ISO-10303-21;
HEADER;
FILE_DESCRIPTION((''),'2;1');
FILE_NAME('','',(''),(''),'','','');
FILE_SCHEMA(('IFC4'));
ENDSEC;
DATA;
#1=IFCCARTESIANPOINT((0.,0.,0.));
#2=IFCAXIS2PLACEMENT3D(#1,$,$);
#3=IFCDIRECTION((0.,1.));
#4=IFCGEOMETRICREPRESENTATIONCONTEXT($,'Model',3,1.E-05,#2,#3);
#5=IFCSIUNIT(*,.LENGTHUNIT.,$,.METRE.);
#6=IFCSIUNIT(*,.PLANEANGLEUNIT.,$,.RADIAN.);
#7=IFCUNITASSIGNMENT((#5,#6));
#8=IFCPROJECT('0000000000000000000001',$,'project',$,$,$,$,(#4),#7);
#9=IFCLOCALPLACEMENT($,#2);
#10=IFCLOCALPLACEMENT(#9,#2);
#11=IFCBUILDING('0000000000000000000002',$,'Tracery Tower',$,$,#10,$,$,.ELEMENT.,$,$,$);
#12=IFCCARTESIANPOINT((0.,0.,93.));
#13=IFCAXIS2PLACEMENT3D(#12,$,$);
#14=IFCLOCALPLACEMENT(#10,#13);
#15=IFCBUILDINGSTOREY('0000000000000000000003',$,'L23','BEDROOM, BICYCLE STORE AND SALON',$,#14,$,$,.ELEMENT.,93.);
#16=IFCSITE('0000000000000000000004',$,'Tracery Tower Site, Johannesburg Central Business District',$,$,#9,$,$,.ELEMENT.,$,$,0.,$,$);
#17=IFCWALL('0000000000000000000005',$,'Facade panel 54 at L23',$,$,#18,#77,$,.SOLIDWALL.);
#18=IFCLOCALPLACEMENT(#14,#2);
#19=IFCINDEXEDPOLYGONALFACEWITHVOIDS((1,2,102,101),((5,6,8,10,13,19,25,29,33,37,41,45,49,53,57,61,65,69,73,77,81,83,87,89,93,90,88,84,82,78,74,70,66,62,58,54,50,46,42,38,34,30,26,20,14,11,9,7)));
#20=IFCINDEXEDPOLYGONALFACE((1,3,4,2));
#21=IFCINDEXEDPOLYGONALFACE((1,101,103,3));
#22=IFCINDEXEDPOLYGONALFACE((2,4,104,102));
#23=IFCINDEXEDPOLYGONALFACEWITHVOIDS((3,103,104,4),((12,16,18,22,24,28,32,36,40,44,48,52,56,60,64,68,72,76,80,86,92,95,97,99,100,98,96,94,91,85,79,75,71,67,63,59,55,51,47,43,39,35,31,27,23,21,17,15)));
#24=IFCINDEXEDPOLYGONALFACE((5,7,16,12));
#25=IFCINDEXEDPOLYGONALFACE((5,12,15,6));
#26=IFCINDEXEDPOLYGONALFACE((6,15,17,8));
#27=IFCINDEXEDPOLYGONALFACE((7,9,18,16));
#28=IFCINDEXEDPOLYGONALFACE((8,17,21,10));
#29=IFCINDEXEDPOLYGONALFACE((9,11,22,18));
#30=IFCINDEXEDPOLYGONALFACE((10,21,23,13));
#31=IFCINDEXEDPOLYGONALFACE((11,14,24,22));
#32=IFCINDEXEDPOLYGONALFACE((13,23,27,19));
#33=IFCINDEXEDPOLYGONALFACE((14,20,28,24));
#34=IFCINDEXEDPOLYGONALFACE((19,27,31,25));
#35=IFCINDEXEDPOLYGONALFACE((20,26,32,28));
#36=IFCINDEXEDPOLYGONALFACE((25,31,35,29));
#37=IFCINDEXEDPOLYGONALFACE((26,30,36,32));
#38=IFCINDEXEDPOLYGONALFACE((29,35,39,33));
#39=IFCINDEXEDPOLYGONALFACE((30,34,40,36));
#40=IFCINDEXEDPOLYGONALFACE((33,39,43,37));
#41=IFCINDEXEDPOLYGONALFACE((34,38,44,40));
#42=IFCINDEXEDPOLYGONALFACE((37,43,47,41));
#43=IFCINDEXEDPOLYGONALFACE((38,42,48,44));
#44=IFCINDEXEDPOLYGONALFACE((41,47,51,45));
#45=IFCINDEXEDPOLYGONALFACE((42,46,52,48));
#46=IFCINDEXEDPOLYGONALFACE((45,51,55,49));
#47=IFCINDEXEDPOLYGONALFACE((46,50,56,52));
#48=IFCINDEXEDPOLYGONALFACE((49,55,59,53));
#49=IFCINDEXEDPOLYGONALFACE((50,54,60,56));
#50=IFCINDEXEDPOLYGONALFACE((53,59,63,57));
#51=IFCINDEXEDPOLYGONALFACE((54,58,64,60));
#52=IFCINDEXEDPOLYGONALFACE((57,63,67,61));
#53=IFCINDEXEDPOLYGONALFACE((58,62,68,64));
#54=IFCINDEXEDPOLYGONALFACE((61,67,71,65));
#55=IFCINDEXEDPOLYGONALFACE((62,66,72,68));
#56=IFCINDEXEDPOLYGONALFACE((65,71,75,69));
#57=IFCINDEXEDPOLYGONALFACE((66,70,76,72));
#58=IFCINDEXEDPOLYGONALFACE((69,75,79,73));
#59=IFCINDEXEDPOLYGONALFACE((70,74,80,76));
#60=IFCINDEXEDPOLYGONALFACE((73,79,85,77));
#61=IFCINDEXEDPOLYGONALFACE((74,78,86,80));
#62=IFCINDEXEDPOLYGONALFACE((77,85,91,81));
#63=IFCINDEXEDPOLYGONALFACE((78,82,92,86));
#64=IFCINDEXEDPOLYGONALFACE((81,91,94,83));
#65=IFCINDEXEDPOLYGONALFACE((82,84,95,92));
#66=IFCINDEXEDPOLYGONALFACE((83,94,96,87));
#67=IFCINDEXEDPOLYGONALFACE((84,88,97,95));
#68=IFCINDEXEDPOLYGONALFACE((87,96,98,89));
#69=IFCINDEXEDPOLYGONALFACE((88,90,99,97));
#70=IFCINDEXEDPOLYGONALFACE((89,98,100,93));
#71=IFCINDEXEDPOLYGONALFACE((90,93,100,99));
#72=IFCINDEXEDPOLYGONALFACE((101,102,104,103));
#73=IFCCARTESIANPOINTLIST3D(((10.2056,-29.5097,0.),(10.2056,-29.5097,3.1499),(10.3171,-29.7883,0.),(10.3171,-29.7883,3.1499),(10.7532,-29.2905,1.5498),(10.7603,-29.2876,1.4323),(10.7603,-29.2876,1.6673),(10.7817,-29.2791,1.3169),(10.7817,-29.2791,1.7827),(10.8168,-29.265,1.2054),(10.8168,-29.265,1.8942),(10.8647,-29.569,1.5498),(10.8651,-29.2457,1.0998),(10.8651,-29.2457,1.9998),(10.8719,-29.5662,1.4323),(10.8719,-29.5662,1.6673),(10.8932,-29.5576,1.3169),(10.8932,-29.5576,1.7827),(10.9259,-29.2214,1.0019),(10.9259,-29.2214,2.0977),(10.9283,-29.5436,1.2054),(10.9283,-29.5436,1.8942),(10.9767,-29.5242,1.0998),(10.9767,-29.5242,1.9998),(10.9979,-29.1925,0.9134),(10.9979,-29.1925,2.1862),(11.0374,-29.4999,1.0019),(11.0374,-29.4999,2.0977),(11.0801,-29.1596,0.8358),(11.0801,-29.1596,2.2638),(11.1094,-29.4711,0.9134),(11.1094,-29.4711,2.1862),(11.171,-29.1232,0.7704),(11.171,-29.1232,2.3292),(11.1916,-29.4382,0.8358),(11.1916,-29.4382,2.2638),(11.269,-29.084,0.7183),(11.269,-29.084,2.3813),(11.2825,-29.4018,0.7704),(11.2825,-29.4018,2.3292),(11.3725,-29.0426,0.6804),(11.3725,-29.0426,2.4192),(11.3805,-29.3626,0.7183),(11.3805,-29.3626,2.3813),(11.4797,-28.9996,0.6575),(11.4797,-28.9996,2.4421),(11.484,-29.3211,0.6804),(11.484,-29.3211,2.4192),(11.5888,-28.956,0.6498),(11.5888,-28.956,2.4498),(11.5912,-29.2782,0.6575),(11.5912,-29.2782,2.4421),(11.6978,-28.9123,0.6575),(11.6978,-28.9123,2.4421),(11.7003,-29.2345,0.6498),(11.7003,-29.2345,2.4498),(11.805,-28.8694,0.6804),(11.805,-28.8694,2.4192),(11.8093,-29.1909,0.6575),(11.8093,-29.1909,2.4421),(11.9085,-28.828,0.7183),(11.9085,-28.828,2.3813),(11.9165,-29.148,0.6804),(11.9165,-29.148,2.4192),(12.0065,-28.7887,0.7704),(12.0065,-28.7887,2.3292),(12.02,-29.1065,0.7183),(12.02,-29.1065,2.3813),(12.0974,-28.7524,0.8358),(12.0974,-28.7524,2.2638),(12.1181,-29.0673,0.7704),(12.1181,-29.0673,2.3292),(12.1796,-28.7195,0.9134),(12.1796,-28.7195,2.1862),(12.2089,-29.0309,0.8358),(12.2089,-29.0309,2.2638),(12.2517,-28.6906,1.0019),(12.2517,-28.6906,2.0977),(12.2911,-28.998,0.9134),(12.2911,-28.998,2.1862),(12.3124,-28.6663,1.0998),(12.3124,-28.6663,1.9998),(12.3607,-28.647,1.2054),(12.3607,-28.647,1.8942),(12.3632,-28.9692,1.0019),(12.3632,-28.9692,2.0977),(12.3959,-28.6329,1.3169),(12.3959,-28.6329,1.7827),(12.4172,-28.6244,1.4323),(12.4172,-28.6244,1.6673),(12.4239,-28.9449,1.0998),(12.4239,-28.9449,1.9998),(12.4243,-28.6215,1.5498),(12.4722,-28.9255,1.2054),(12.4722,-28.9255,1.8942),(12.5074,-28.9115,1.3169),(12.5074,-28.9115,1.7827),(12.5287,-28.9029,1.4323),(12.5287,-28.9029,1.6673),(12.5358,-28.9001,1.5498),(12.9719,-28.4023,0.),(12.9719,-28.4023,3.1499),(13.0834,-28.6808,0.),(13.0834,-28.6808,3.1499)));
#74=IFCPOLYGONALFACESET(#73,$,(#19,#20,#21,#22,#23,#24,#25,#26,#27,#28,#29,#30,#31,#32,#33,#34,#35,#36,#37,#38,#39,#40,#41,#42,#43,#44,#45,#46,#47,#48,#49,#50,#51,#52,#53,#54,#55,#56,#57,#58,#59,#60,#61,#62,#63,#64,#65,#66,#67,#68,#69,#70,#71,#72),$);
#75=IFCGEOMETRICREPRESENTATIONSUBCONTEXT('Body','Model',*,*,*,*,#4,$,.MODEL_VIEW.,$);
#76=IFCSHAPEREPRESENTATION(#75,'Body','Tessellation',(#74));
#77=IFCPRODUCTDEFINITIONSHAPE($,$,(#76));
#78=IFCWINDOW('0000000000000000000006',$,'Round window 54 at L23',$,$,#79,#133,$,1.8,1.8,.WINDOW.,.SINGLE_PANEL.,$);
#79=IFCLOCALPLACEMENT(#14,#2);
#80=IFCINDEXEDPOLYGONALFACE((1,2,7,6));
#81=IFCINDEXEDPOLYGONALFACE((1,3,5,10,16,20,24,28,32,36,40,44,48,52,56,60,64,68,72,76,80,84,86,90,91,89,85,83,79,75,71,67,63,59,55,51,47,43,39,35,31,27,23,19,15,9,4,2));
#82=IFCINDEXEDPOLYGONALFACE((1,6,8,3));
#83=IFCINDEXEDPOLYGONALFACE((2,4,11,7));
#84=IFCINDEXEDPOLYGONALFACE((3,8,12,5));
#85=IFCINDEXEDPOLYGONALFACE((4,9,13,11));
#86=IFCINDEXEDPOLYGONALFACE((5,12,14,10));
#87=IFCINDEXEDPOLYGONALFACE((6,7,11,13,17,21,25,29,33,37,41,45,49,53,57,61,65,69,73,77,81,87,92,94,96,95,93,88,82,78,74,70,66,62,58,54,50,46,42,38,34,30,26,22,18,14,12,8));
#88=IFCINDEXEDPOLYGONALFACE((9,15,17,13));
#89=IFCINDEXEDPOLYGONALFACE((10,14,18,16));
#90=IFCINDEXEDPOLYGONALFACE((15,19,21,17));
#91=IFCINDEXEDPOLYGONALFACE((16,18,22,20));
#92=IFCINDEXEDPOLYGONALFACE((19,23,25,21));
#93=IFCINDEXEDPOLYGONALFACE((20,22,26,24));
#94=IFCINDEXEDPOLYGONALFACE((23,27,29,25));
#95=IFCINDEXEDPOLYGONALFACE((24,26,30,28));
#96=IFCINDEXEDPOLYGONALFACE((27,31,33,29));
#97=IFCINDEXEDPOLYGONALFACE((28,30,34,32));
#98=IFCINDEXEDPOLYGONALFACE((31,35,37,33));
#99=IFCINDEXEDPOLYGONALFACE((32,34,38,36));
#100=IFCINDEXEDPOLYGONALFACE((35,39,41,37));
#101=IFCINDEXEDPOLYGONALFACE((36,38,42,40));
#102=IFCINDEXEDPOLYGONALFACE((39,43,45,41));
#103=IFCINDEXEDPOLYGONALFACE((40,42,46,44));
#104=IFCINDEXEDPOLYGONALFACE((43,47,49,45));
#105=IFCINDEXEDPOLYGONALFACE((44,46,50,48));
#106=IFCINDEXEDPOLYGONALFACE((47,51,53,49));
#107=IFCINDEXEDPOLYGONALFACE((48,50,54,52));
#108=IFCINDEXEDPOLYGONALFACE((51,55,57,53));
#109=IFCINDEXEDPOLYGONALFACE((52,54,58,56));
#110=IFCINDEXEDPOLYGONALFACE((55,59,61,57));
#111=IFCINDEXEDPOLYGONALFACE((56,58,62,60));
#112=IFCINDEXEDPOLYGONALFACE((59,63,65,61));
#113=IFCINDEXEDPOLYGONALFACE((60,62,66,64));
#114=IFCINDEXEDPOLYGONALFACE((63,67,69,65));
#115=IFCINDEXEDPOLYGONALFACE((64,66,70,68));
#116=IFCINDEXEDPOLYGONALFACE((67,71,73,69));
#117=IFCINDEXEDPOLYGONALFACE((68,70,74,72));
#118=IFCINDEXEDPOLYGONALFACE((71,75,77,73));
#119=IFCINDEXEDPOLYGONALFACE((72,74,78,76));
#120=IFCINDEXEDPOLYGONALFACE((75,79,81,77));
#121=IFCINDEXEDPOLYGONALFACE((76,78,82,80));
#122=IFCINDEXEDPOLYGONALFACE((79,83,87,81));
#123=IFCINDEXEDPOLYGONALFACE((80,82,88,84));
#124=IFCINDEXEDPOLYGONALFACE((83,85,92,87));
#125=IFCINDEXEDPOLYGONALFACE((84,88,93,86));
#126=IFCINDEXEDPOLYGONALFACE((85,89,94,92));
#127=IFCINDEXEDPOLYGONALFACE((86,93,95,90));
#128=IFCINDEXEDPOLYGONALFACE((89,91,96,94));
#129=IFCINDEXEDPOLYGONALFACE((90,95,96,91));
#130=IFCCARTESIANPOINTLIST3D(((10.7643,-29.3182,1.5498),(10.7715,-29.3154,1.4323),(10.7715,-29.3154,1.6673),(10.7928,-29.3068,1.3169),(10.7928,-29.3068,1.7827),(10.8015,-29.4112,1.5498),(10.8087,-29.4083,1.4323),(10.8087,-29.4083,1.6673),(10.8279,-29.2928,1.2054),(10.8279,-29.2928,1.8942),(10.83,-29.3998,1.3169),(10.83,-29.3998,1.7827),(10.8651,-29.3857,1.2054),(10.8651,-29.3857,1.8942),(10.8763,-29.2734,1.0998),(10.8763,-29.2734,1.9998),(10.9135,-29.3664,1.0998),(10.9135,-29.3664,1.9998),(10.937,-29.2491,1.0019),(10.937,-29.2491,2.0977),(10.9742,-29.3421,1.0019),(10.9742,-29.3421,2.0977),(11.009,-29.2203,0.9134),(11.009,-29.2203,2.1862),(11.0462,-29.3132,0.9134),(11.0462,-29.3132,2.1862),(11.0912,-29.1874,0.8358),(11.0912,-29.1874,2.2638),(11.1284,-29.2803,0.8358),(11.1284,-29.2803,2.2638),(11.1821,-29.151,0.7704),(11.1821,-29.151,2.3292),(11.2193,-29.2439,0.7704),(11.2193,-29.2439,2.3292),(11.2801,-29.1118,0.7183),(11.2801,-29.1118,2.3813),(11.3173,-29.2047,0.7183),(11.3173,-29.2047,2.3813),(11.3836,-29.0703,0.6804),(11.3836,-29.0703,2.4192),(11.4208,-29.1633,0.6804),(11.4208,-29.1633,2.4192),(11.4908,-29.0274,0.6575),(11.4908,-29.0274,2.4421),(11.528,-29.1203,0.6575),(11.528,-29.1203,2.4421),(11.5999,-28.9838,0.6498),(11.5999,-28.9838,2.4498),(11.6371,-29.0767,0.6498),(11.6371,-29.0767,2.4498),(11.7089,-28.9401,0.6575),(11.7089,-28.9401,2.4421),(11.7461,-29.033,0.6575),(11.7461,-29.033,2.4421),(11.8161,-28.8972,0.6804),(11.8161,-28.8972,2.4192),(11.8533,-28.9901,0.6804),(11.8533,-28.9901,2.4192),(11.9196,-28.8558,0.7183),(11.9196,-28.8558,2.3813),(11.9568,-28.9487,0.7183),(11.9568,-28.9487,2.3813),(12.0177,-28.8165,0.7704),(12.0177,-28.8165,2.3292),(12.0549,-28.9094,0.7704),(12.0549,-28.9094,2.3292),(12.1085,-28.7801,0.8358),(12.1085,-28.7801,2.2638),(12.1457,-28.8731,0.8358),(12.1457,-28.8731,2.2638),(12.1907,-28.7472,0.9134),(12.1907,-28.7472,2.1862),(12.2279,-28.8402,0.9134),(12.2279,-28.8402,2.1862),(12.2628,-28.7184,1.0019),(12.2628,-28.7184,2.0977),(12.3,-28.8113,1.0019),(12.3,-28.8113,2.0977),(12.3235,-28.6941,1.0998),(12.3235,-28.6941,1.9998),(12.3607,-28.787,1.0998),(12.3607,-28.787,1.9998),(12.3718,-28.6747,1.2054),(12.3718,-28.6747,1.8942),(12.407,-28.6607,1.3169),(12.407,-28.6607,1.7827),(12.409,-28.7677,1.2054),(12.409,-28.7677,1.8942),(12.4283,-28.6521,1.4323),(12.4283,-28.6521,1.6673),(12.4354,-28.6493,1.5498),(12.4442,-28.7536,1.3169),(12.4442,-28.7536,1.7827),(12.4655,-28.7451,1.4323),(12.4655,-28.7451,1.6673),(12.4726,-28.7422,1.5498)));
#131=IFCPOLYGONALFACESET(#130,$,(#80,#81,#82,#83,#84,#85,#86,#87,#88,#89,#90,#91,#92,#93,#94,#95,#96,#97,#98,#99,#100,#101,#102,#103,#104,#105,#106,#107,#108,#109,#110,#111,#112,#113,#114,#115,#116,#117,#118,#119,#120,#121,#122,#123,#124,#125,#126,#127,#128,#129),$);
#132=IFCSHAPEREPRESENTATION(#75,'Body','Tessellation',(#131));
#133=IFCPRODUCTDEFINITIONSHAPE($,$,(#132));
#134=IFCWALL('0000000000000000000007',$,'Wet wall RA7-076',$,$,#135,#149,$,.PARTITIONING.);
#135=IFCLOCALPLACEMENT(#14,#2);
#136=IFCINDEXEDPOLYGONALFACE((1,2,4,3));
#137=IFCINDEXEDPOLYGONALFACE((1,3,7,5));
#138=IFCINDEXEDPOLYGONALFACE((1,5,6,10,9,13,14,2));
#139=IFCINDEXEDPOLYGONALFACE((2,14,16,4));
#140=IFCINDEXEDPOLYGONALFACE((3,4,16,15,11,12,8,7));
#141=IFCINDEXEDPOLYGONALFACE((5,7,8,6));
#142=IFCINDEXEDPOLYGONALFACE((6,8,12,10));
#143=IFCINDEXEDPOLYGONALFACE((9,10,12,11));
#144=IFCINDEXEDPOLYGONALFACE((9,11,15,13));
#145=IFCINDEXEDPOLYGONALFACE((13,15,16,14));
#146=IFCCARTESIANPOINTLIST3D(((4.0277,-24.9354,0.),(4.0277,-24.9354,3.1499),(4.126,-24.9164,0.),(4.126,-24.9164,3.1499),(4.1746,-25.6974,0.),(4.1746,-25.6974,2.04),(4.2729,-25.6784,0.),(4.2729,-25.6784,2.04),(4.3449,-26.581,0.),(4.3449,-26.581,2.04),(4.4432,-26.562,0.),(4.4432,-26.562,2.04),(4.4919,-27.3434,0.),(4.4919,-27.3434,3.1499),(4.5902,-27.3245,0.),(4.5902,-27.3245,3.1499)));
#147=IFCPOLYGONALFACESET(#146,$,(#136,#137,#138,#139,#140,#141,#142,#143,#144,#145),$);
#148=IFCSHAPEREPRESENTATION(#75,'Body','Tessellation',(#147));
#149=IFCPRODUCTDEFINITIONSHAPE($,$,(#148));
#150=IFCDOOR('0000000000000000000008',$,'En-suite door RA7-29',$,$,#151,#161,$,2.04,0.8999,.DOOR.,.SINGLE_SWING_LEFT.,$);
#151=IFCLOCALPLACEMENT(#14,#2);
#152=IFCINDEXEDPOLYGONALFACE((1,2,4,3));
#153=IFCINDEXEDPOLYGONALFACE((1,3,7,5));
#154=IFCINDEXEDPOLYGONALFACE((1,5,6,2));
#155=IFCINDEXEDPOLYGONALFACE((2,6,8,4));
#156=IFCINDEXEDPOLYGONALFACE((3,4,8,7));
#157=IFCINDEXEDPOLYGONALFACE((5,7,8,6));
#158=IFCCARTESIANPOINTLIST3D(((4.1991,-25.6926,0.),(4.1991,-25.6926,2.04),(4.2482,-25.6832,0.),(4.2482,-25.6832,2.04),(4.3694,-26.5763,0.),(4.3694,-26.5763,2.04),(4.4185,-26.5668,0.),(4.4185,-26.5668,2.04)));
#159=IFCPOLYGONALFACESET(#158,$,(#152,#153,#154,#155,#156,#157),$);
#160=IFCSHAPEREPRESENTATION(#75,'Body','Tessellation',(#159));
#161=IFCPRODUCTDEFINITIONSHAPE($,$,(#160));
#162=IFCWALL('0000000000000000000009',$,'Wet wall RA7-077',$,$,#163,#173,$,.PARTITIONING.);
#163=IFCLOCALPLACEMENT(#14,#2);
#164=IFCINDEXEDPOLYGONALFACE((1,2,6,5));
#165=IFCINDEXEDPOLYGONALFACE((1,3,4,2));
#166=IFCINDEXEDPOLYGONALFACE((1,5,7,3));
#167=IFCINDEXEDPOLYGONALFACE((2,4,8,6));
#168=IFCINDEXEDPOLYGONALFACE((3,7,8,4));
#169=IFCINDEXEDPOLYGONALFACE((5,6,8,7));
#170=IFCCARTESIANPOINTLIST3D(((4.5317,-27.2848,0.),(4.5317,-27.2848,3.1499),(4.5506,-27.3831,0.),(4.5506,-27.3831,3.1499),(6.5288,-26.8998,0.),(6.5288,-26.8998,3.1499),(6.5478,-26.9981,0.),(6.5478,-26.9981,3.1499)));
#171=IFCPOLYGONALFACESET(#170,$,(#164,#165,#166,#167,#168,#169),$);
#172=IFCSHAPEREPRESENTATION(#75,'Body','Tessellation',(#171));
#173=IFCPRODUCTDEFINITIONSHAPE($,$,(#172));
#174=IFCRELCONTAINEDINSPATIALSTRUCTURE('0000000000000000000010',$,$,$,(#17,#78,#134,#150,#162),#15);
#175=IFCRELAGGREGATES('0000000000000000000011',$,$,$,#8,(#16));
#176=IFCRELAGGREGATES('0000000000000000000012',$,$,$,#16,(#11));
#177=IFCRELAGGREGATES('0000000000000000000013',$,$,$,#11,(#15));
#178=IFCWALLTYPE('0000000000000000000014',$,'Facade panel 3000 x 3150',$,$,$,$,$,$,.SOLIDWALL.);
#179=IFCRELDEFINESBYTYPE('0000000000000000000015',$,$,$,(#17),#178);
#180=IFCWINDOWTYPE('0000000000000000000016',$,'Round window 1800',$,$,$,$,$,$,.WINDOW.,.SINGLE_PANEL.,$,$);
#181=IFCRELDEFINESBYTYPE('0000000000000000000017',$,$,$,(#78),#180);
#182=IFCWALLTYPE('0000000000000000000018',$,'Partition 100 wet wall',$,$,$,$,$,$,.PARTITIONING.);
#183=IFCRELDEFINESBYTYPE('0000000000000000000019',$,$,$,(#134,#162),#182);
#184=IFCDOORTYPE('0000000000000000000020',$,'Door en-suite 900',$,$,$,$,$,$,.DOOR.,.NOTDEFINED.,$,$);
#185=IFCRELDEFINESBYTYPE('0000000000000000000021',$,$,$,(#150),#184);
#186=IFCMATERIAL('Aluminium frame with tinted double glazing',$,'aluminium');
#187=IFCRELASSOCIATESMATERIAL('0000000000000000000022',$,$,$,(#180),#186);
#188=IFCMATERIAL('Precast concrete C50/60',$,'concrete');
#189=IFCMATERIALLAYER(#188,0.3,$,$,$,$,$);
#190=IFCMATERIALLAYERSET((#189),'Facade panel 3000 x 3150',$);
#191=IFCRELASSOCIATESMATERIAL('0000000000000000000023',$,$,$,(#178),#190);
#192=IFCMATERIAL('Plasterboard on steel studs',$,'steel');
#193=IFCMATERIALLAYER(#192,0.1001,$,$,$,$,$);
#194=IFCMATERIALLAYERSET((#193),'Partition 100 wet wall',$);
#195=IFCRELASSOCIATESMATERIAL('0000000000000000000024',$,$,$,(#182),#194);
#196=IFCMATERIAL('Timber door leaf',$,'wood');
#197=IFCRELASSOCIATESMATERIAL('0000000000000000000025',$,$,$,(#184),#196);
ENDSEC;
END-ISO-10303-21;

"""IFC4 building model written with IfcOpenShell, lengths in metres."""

from ifc_helpers import new_model, si_unit, direction, frame, frame_2d, origin, origin_2d, place, context, subcontext, project, spatial, rectangle, circle, extrude, material, layer, layer_set, type_object, element, fill, save


model = new_model("IFC4")

# Units and contexts
model_context = context("Model", 3, precision=1e-05, world=origin(), true_north=direction((0.0, 1.0)))
body_context = subcontext(model_context, "Body", "Model", "MODEL_VIEW")
ifc_project = project(units=[si_unit("LENGTHUNIT", "METRE"), si_unit("PLANEANGLEUNIT", "RADIAN")], contexts=[model_context])

# Site, building, storey
site_placement = place(None, origin())
site = spatial("IfcSite", under=ifc_project, at=site_placement, Name="Tracery Tower Site, Johannesburg Central Business District", CompositionType="ELEMENT", RefElevation=0.0)
building_placement = place(site_placement, origin())
building = spatial("IfcBuilding", under=site, at=building_placement, Name="Tracery Tower", CompositionType="ELEMENT")
storey_placement = place(building_placement, frame((0.0, 0.0, 93.0)))
storey = spatial("IfcBuildingStorey", under=building, at=storey_placement, Name="L23", Description="BEDROOM, BICYCLE STORE AND SALON", CompositionType="ELEMENT", Elevation=93.0)

# Wall, opening, window
ifc_material_1 = material(Name="Aluminium frame with tinted double glazing", Category="aluminium")
window_type = type_object("IfcWindowType", Name="Round window 1800", PartitioningType="SINGLE_PANEL", PredefinedType="WINDOW", material=ifc_material_1)
ifc_material_2 = material(Name="Precast concrete C50/60", Category="concrete")
ifc_layer_1 = layer(ifc_material_2, 0.3)
ifc_layer_set_1 = layer_set([ifc_layer_1], Name="Facade panel 3000 x 3150")
wall_type_1 = type_object("IfcWallType", Name="Facade panel 3000 x 3150", PredefinedType="SOLIDWALL", material=ifc_layer_set_1)
wall_1_placement = place(storey_placement, frame((10.2615, -29.6489, 0.0), z_axis=(0.0, 0.0, 1.0), x_axis=(0.928375, 0.371645, 0.0)))
wall_1 = element("IfcWall", 1, at=wall_1_placement, inside=storey, type_object=wall_type_1, Name="Facade panel 54 at L23", PredefinedType="SOLIDWALL", context=body_context, shape_type="SweptSolid", body=[
    extrude(rectangle(XDim=2.9797, YDim=0.3, at=frame_2d((1.4897, 0.0))), origin(), (0.0, 0.0, 1.0), 3.1499),
])
opening_1_placement = place(wall_1_placement, frame((1.4897, 0.0, 1.5498)))
opening_1 = element("IfcOpeningElement", 2, at=opening_1_placement, cuts=wall_1, PredefinedType="OPENING", context=body_context, shape_type="SweptSolid", body=[
    extrude(circle(Radius=0.9, at=origin_2d()), frame((0.0, 0.1599, 0.0), z_axis=(0.0, -1.0, 0.0), x_axis=(1.0, 0.0, 0.0)), (0.0, 0.0, 1.0), 0.3201),
])
window_1_placement = place(opening_1_placement, origin())
window_1 = element("IfcWindow", 3, at=window_1_placement, inside=storey, type_object=window_type, Name="Round window 54 at L23", OverallHeight=1.8, OverallWidth=1.8, PartitioningType="SINGLE_PANEL", PredefinedType="WINDOW", context=body_context, shape_type="SweptSolid", body=[
    extrude(circle(Radius=0.9, at=origin_2d()), frame((0.0, 0.1201, 0.0), z_axis=(0.0, -1.0, 0.0), x_axis=(1.0, 0.0, 0.0)), (0.0, 0.0, 1.0), 0.1001),
])
fill(opening_1, window_1)

# Wall, opening, door
ifc_material_3 = material(Name="Plasterboard on steel studs", Category="steel")
ifc_layer_2 = layer(ifc_material_3, 0.1001)
ifc_layer_set_2 = layer_set([ifc_layer_2], Name="Partition 100 wet wall")
wall_type_2 = type_object("IfcWallType", Name="Partition 100 wet wall", PredefinedType="PARTITIONING", material=ifc_layer_set_2)
wall_2_placement = place(storey_placement, frame((4.0769, -24.926, 0.0), z_axis=(0.0, 0.0, 1.0), x_axis=(0.189257, -0.981928, 0.0)))
wall_2 = element("IfcWall", 4, at=wall_2_placement, inside=storey, type_object=wall_type_2, Name="Wet wall RA7-076", PredefinedType="PARTITIONING", context=body_context, shape_type="SweptSolid", body=[
    extrude(rectangle(XDim=2.4524, YDim=0.1001, at=frame_2d((1.2261, 0.0))), origin(), (0.0, 0.0, 1.0), 3.1499),
])
opening_2_placement = place(wall_2_placement, frame((0.7759, 0.0, 0.0)))
opening_2 = element("IfcOpeningElement", 5, at=opening_2_placement, cuts=wall_2, PredefinedType="OPENING", context=body_context, shape_type="SweptSolid", body=[
    extrude(rectangle(XDim=0.8999, YDim=2.04, at=frame_2d((0.45, 1.02))), frame((0.0, 0.05, 0.0), z_axis=(0.0, -1.0, 0.0), x_axis=(1.0, 0.0, 0.0)), (0.0, 0.0, 1.0), 0.1001),
])
ifc_material_4 = material(Name="Timber door leaf", Category="wood")
door_type_1 = type_object("IfcDoorType", Name="Door en-suite 900", OperationType="NOTDEFINED", PredefinedType="DOOR", material=ifc_material_4)
door_1_placement = place(opening_2_placement, origin())
door_1 = element("IfcDoor", 6, at=door_1_placement, inside=storey, type_object=door_type_1, Name="En-suite door RA7-29", OperationType="SINGLE_SWING_LEFT", OverallHeight=2.04, OverallWidth=0.8999, PredefinedType="DOOR", context=body_context, shape_type="SweptSolid", body=[
    extrude(rectangle(XDim=0.8999, YDim=2.04, at=frame_2d((0.45, 1.02))), frame((0.0, 0.0249, 0.0), z_axis=(0.0, -1.0, 0.0), x_axis=(1.0, 0.0, 0.0)), (0.0, 0.0, 1.0), 0.05),
])
fill(opening_2, door_1)

# Wall
wall_3_placement = place(storey_placement, frame((4.541, -27.334, 0.0), z_axis=(0.0, 0.0, 1.0), x_axis=(0.981919, 0.189302, 0.0)))
element("IfcWall", 7, at=wall_3_placement, inside=storey, type_object=wall_type_2, Name="Wet wall RA7-077", PredefinedType="PARTITIONING", context=body_context, shape_type="SweptSolid", body=[
    extrude(rectangle(XDim=2.0339, YDim=0.1001, at=frame_2d((1.0171, 0.0))), origin(), (0.0, 0.0, 1.0), 3.1499),
])

save(model, "model.ifc")
